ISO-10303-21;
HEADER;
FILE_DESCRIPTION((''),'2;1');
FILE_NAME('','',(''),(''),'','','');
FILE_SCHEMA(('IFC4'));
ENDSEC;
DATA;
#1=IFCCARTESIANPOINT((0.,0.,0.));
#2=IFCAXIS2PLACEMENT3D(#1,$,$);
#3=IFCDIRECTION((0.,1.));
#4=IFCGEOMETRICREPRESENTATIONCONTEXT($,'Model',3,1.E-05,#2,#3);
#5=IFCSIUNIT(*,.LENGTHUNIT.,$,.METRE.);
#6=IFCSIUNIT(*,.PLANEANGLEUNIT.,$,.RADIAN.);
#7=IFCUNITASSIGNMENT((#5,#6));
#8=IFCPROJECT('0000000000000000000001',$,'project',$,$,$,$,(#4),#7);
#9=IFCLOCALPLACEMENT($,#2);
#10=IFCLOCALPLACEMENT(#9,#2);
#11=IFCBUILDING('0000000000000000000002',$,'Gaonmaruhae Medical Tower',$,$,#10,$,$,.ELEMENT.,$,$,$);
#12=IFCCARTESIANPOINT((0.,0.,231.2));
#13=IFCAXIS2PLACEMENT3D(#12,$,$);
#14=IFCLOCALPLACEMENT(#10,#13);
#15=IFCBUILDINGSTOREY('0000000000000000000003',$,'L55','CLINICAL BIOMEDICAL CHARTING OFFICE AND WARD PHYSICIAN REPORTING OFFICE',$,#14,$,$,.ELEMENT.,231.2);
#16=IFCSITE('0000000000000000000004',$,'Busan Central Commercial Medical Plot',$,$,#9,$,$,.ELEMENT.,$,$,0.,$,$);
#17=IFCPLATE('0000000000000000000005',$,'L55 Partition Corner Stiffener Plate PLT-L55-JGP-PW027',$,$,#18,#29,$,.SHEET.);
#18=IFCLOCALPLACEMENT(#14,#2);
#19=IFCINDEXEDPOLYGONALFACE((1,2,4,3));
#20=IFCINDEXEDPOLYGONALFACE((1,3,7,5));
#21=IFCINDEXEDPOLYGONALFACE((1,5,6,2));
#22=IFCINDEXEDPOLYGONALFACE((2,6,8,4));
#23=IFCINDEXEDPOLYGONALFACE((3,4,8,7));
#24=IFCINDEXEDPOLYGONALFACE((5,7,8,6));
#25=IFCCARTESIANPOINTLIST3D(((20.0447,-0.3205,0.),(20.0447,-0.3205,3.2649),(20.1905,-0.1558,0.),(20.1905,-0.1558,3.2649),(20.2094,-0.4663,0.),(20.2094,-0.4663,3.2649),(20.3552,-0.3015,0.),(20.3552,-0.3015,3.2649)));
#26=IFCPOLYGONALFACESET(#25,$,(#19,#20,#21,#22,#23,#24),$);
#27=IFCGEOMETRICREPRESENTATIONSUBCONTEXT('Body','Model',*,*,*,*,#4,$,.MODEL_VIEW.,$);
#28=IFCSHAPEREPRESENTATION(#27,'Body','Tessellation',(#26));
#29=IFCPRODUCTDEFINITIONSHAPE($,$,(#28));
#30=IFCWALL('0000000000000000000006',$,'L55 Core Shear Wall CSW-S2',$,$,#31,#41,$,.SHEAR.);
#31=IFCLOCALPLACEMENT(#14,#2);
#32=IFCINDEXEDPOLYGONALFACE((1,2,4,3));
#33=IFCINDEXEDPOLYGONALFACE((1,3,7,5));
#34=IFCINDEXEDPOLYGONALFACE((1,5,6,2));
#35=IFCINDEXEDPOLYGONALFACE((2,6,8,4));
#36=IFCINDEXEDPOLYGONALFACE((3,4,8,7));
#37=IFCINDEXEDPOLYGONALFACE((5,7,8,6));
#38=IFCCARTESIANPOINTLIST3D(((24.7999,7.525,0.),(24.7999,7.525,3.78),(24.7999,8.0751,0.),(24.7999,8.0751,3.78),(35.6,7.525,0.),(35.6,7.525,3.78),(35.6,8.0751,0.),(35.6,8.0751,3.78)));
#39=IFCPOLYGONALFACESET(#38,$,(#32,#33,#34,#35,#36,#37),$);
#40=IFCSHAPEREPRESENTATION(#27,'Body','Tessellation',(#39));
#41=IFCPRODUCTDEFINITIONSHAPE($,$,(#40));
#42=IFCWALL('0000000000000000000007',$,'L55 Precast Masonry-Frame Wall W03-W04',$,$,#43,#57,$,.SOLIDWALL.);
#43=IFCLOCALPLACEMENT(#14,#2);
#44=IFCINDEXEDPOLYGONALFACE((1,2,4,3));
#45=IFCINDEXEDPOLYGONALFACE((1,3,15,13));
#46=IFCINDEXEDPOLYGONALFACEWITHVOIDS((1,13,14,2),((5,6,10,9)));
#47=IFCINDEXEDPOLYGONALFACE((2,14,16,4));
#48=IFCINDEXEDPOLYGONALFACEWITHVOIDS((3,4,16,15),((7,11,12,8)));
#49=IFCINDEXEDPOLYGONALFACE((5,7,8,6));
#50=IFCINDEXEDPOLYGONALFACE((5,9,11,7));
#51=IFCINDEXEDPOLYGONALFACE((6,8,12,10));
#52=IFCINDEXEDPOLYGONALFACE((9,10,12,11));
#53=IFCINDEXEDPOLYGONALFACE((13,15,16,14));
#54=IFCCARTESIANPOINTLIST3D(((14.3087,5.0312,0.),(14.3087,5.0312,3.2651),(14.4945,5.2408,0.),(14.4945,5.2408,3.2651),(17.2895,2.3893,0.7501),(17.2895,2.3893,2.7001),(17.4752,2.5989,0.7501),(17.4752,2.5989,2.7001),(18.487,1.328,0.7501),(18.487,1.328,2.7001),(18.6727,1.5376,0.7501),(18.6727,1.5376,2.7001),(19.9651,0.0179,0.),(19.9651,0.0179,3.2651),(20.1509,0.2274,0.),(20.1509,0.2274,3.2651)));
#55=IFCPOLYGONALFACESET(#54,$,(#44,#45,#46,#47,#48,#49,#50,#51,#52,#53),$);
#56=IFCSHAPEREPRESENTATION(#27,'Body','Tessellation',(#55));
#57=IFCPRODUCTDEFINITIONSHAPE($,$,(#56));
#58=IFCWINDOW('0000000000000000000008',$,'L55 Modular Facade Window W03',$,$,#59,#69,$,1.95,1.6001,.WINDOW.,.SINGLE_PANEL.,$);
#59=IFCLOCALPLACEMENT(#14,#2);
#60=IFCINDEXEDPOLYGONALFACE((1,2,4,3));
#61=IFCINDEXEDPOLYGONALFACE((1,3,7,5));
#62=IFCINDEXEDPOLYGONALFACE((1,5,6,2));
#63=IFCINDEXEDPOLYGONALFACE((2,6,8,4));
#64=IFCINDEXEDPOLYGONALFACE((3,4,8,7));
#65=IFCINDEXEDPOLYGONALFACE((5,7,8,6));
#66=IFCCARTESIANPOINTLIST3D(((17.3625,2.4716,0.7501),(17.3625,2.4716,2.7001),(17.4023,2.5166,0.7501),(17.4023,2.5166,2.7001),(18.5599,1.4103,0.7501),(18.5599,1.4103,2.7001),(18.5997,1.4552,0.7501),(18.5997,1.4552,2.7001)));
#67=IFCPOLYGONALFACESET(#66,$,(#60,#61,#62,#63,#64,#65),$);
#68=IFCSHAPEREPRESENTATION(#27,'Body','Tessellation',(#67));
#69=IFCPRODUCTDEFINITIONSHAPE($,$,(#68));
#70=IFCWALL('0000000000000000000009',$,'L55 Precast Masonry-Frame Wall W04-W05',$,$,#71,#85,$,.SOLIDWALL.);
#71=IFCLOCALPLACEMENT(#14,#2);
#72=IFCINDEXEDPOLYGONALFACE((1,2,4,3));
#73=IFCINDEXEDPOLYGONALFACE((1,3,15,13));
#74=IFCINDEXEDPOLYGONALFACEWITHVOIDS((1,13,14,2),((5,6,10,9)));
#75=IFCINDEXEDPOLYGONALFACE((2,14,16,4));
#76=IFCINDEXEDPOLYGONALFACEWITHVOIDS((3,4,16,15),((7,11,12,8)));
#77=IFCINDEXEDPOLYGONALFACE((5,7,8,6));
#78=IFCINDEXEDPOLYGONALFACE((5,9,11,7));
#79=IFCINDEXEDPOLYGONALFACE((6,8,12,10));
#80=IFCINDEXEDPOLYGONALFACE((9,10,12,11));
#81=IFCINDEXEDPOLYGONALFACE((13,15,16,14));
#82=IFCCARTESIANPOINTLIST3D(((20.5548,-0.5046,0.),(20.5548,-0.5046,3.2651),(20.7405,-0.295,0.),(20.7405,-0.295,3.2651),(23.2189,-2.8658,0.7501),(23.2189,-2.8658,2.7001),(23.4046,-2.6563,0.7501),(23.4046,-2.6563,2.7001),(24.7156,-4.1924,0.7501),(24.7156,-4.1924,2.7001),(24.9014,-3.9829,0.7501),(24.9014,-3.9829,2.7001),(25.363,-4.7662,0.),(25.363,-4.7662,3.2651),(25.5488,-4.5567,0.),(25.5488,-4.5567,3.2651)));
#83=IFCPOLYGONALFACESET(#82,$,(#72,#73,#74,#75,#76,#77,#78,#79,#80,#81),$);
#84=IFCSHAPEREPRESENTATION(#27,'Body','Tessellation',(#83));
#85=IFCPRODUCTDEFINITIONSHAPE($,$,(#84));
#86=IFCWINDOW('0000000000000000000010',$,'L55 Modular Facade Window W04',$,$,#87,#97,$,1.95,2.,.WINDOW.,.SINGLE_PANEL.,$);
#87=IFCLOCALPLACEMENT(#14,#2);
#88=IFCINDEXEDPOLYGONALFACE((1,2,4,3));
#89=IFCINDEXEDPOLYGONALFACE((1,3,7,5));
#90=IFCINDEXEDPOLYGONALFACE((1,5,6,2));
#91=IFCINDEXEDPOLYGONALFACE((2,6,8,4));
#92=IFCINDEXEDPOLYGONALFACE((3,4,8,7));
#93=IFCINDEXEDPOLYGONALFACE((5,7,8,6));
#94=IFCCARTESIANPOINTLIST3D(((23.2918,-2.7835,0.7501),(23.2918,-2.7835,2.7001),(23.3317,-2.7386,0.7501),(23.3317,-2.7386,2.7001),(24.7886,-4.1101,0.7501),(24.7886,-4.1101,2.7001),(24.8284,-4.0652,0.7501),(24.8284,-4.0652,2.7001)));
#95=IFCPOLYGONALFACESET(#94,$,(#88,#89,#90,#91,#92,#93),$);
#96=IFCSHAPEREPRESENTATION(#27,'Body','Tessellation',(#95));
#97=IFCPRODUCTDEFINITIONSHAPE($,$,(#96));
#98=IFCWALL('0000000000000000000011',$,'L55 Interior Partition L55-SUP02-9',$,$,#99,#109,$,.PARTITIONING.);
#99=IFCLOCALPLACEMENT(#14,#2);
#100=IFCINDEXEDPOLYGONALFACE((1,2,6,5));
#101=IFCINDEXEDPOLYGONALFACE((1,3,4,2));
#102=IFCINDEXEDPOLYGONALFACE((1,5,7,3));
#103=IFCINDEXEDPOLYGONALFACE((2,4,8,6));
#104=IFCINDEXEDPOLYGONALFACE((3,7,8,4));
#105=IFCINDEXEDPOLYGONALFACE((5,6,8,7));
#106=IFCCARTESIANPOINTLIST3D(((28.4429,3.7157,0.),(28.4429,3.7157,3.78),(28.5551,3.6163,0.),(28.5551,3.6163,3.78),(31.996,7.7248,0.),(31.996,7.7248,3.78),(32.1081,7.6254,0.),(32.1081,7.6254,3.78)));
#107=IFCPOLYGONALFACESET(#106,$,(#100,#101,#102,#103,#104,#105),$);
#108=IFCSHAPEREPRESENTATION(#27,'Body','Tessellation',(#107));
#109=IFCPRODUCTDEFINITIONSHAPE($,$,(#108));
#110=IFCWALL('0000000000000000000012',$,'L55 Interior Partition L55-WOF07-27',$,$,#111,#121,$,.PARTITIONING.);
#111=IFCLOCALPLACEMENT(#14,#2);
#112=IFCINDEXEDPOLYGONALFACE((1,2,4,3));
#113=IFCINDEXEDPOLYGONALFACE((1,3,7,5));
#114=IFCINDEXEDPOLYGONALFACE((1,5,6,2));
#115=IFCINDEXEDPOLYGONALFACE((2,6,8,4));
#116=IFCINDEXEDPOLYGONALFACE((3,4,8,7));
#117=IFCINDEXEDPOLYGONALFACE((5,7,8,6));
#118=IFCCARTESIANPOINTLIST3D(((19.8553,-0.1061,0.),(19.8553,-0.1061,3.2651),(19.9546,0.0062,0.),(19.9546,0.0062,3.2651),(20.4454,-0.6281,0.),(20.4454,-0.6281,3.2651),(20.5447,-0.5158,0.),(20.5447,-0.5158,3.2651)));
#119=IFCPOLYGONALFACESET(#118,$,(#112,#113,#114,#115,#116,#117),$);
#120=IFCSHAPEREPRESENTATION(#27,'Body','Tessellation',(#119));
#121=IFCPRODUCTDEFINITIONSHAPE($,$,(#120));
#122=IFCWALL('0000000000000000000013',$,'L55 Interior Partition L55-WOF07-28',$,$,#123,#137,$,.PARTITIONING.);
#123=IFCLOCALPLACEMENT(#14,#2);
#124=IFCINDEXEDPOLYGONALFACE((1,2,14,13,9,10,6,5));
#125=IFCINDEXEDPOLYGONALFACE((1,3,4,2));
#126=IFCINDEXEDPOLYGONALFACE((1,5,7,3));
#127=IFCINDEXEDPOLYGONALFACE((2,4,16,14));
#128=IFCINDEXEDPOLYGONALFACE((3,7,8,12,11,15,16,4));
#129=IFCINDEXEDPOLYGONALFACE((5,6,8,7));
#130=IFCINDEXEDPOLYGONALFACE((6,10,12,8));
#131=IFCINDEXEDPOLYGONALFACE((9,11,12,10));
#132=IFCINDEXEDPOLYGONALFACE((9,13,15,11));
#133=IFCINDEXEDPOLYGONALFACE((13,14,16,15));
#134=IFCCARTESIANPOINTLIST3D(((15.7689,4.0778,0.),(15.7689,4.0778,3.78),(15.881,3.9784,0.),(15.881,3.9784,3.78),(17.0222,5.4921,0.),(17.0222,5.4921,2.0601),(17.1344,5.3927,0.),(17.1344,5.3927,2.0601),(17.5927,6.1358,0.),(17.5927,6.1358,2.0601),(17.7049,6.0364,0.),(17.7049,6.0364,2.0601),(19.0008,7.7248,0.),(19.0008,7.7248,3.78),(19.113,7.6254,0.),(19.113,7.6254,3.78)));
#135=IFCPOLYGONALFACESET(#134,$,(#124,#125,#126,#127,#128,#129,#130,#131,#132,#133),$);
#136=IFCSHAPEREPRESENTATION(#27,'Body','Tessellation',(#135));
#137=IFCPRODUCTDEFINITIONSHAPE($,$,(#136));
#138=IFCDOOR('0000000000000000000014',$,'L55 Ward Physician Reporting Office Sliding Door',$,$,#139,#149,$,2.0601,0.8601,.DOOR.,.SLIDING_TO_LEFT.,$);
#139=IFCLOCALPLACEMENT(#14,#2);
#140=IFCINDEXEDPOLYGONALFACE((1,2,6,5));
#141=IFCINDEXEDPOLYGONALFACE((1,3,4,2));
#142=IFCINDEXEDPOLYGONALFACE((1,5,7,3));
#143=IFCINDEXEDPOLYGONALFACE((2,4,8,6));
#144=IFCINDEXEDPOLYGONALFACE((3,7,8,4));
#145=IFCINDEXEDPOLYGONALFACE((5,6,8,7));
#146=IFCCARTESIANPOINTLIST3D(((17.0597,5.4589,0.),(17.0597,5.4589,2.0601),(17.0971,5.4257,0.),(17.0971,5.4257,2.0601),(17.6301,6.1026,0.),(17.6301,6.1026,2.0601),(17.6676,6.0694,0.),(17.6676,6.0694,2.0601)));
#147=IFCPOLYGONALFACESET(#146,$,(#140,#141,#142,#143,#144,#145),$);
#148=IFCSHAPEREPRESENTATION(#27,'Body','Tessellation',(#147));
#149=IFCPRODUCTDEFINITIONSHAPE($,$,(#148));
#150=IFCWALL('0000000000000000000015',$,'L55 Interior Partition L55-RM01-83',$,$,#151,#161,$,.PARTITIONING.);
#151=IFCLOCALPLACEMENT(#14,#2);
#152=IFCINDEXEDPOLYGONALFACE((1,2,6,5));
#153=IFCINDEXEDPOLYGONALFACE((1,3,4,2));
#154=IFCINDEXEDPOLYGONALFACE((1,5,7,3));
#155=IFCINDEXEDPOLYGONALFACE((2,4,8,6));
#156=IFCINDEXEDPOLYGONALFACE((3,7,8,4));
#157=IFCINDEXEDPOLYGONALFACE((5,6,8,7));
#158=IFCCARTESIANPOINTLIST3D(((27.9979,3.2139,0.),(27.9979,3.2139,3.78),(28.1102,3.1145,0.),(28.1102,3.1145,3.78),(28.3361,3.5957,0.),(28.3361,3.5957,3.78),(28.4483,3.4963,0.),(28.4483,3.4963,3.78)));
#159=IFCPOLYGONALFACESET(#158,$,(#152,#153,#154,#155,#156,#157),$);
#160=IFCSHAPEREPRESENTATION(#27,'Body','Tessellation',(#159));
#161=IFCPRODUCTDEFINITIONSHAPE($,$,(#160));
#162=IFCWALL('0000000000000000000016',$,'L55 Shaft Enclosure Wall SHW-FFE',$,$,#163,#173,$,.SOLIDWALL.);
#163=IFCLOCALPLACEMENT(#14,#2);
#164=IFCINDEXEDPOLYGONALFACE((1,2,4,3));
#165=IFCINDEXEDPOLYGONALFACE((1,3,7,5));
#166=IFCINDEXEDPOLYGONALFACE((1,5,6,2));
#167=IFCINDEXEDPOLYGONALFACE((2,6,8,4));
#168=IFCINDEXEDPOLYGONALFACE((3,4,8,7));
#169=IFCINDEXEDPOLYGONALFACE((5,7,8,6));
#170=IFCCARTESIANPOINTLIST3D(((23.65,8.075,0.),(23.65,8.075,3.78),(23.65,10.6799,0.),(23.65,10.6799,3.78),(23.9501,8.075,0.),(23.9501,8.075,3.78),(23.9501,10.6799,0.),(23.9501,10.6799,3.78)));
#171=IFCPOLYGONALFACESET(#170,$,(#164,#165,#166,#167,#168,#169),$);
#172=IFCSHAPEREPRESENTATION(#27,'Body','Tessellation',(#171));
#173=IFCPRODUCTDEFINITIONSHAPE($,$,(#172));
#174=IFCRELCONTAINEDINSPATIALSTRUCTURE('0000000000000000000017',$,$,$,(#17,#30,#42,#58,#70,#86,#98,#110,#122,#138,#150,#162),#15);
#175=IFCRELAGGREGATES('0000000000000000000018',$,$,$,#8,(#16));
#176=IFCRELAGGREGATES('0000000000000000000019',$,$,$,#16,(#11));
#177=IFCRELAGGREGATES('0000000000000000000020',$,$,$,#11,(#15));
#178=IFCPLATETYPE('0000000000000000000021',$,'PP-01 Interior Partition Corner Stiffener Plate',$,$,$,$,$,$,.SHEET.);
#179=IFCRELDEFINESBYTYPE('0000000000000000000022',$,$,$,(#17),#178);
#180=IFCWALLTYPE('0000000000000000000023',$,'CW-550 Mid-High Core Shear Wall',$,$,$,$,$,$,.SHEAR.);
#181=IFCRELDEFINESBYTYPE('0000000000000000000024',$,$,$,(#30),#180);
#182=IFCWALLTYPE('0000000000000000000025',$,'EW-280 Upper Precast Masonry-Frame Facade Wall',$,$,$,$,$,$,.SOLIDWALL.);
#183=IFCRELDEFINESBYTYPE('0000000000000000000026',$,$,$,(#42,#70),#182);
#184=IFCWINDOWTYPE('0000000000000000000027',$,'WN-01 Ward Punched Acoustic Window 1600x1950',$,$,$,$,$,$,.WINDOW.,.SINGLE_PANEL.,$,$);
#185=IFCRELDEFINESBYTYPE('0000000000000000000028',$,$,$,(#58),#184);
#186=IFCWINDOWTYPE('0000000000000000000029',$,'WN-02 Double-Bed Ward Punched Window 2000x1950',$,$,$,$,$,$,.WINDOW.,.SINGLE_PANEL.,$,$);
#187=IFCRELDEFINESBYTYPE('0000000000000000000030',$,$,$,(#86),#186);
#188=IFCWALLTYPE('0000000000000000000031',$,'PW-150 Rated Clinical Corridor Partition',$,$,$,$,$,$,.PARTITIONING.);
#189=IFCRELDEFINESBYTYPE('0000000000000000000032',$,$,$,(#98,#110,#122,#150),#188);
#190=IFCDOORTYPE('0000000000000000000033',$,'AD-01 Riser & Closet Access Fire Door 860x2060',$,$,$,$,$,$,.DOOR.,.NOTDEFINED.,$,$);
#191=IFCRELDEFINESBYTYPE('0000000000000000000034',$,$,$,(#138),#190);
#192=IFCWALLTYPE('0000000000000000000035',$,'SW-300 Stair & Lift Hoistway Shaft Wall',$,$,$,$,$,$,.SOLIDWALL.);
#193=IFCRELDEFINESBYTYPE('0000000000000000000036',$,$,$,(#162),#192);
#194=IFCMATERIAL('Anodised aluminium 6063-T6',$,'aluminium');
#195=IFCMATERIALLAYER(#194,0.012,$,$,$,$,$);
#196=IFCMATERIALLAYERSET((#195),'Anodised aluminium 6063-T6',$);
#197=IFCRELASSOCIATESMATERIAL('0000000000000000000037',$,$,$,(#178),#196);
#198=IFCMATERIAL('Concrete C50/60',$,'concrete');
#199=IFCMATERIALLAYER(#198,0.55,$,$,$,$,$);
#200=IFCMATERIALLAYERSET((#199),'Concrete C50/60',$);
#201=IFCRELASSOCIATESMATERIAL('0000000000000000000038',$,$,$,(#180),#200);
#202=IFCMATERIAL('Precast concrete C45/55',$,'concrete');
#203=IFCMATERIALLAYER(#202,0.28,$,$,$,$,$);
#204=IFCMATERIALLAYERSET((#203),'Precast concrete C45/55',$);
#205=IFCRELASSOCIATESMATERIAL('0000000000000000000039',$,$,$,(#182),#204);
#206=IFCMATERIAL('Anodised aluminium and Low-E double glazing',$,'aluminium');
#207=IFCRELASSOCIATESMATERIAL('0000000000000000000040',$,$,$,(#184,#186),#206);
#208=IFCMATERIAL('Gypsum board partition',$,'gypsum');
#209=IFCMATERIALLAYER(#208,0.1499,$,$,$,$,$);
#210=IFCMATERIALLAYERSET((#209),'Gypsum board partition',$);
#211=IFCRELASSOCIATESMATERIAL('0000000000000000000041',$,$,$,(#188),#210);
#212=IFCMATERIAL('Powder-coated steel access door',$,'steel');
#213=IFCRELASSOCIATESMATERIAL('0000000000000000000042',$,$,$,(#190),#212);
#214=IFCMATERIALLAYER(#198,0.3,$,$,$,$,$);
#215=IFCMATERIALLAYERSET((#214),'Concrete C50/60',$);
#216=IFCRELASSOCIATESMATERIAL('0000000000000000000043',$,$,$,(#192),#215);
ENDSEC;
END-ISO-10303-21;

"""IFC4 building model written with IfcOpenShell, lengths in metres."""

from ifc_helpers import new_model, si_unit, direction, frame, frame_2d, origin, origin_2d, place, context, subcontext, project, spatial, rectangle, extrude, material, layer, layer_set, type_object, element, fill, save


model = new_model("IFC4")

# Units and contexts
model_context = context("Model", 3, precision=1e-05, world=origin(), true_north=direction((0.0, 1.0)))
body_context = subcontext(model_context, "Body", "Model", "MODEL_VIEW")
ifc_project = project(units=[si_unit("LENGTHUNIT", "METRE"), si_unit("PLANEANGLEUNIT", "RADIAN")], contexts=[model_context])

# Site, building, storey
site_placement = place(None, origin())
site = spatial("IfcSite", under=ifc_project, at=site_placement, Name="Busan Central Commercial Medical Plot", CompositionType="ELEMENT", RefElevation=0.0)
building_placement = place(site_placement, origin())
building = spatial("IfcBuilding", under=site, at=building_placement, Name="Gaonmaruhae Medical Tower", CompositionType="ELEMENT")
storey_placement = place(building_placement, frame((0.0, 0.0, 231.2)))
storey = spatial("IfcBuildingStorey", under=building, at=storey_placement, Name="L55", Description="CLINICAL BIOMEDICAL CHARTING OFFICE AND WARD PHYSICIAN REPORTING OFFICE", CompositionType="ELEMENT", Elevation=231.2)

# Shared definitions
ifc_material_1 = material(Name="Concrete C50/60", Category="concrete")

# Plate
ifc_material_2 = material(Name="Anodised aluminium 6063-T6", Category="aluminium")
ifc_layer_1 = layer(ifc_material_2, 0.012)
ifc_layer_set_1 = layer_set([ifc_layer_1], Name="Anodised aluminium 6063-T6")
plate_type = type_object("IfcPlateType", Name="PP-01 Interior Partition Corner Stiffener Plate", PredefinedType="SHEET", material=ifc_layer_set_1)
plate_placement = place(storey_placement, frame((20.2, -0.311, 0.0), z_axis=(0.0, 0.0, 1.0), x_axis=(-0.748944, 0.662633, 0.0)))
element("IfcPlate", 1, at=plate_placement, inside=storey, type_object=plate_type, Name="L55 Partition Corner Stiffener Plate PLT-L55-JGP-PW027", PredefinedType="SHEET", context=body_context, shape_type="SweptSolid", body=[
    extrude(rectangle(XDim=0.22, YDim=0.22, at=origin_2d()), origin(), (0.0, 0.0, 1.0), 3.2649),
])

# Wall
ifc_layer_2 = layer(ifc_material_1, 0.55)
ifc_layer_set_2 = layer_set([ifc_layer_2], Name="Concrete C50/60")
wall_type_1 = type_object("IfcWallType", Name="CW-550 Mid-High Core Shear Wall", PredefinedType="SHEAR", material=ifc_layer_set_2)
wall_1_placement = place(storey_placement, frame((24.8, 7.8, 0.0), z_axis=(0.0, 0.0, 1.0), x_axis=(1.0, 0.0, 0.0)))
element("IfcWall", 2, at=wall_1_placement, inside=storey, type_object=wall_type_1, Name="L55 Core Shear Wall CSW-S2", PredefinedType="SHEAR", context=body_context, shape_type="SweptSolid", body=[
    extrude(rectangle(XDim=10.8, YDim=0.55, at=frame_2d((5.3999, 0.0))), origin(), (0.0, 0.0, 1.0), 3.78),
])

# Walls, openings, windows
ifc_material_3 = material(Name="Precast concrete C45/55", Category="concrete")
ifc_layer_3 = layer(ifc_material_3, 0.28)
ifc_layer_set_3 = layer_set([ifc_layer_3], Name="Precast concrete C45/55")
wall_type_2 = type_object("IfcWallType", Name="EW-280 Upper Precast Masonry-Frame Facade Wall", PredefinedType="SOLIDWALL", material=ifc_layer_set_3)
wall_2_placement = place(storey_placement, frame((20.0581, 0.1226, 0.0), z_axis=(0.0, 0.0, 1.0), x_axis=(-0.748366, 0.663287, 0.0)))
wall_2 = element("IfcWall", 3, at=wall_2_placement, inside=storey, type_object=wall_type_2, Name="L55 Precast Masonry-Frame Wall W03-W04", PredefinedType="SOLIDWALL", context=body_context, shape_type="SweptSolid", body=[
    extrude(rectangle(XDim=7.5583, YDim=0.28, at=frame_2d((3.7793, 0.0))), origin(), (0.0, 0.0, 1.0), 3.2651),
])
opening_1_placement = place(wall_2_placement, frame((1.9753, 0.0, 0.75)))
opening_1 = element("IfcOpeningElement", 4, at=opening_1_placement, cuts=wall_2, PredefinedType="OPENING", context=body_context, shape_type="SweptSolid", body=[
    extrude(rectangle(XDim=1.6001, YDim=1.95, at=frame_2d((0.8, 0.9751))), frame((0.0, 0.1499, 0.0), z_axis=(0.0, -1.0, 0.0), x_axis=(1.0, 0.0, 0.0)), (0.0, 0.0, 1.0), 0.3),
])
ifc_material_4 = material(Name="Anodised aluminium and Low-E double glazing", Category="aluminium")
window_type_1 = type_object("IfcWindowType", Name="WN-01 Ward Punched Acoustic Window 1600x1950", PartitioningType="SINGLE_PANEL", PredefinedType="WINDOW", material=ifc_material_4)
window_1_placement = place(opening_1_placement, origin())
window_1 = element("IfcWindow", 5, at=window_1_placement, inside=storey, type_object=window_type_1, Name="L55 Modular Facade Window W03", OverallHeight=1.95, OverallWidth=1.6001, PartitioningType="SINGLE_PANEL", PredefinedType="WINDOW", context=body_context, shape_type="SweptSolid", body=[
    extrude(rectangle(XDim=1.6001, YDim=1.95, at=frame_2d((0.8, 0.9751))), frame((0.0, 0.03, 0.0), z_axis=(0.0, -1.0, 0.0), x_axis=(1.0, 0.0, 0.0)), (0.0, 0.0, 1.0), 0.0601),
])
fill(opening_1, window_1)
wall_3_placement = place(storey_placement, frame((25.4558, -4.6614, 0.0), z_axis=(0.0, 0.0, 1.0), x_axis=(-0.748365, 0.663288, 0.0)))
wall_3 = element("IfcWall", 6, at=wall_3_placement, inside=storey, type_object=wall_type_2, Name="L55 Precast Masonry-Frame Wall W04-W05", PredefinedType="SOLIDWALL", context=body_context, shape_type="SweptSolid", body=[
    extrude(rectangle(XDim=6.425, YDim=0.28, at=frame_2d((3.2124, 0.0))), origin(), (0.0, 0.0, 1.0), 3.2651),
])
opening_2_placement = place(wall_3_placement, frame((0.865, 0.0, 0.75)))
opening_2 = element("IfcOpeningElement", 7, at=opening_2_placement, cuts=wall_3, PredefinedType="OPENING", context=body_context, shape_type="SweptSolid", body=[
    extrude(rectangle(XDim=2.0, YDim=1.95, at=frame_2d((1.0, 0.9751))), frame((0.0, 0.1499, 0.0), z_axis=(0.0, -1.0, 0.0), x_axis=(1.0, 0.0, 0.0)), (0.0, 0.0, 1.0), 0.3),
])
window_type_2 = type_object("IfcWindowType", Name="WN-02 Double-Bed Ward Punched Window 2000x1950", PartitioningType="SINGLE_PANEL", PredefinedType="WINDOW", material=ifc_material_4)
window_2_placement = place(opening_2_placement, origin())
window_2 = element("IfcWindow", 8, at=window_2_placement, inside=storey, type_object=window_type_2, Name="L55 Modular Facade Window W04", OverallHeight=1.95, OverallWidth=2.0, PartitioningType="SINGLE_PANEL", PredefinedType="WINDOW", context=body_context, shape_type="SweptSolid", body=[
    extrude(rectangle(XDim=2.0, YDim=1.95, at=frame_2d((1.0, 0.9751))), frame((0.0, 0.03, 0.0), z_axis=(0.0, -1.0, 0.0), x_axis=(1.0, 0.0, 0.0)), (0.0, 0.0, 1.0), 0.0601),
])
fill(opening_2, window_2)

# Shared definitions
ifc_material_5 = material(Name="Gypsum board partition", Category="gypsum")
ifc_layer_4 = layer(ifc_material_5, 0.1499)
ifc_layer_set_4 = layer_set([ifc_layer_4], Name="Gypsum board partition")
wall_type_3 = type_object("IfcWallType", Name="PW-150 Rated Clinical Corridor Partition", PredefinedType="PARTITIONING", material=ifc_layer_set_4)

# Walls
wall_4_placement = place(storey_placement, frame((28.499, 3.666, 0.0), z_axis=(0.0, 0.0, 1.0), x_axis=(0.663257, 0.748392, 0.0)))
element("IfcWall", 9, at=wall_4_placement, inside=storey, type_object=wall_type_3, Name="L55 Interior Partition L55-SUP02-9", PredefinedType="PARTITIONING", context=body_context, shape_type="SweptSolid", body=[
    extrude(rectangle(XDim=5.3569, YDim=0.1499, at=frame_2d((2.6785, 0.0))), origin(), (0.0, 0.0, 1.0), 3.78),
])
wall_5_placement = place(storey_placement, frame((20.4951, -0.572, 0.0), z_axis=(0.0, 0.0, 1.0), x_axis=(-0.749014, 0.662554, 0.0)))
element("IfcWall", 10, at=wall_5_placement, inside=storey, type_object=wall_type_3, Name="L55 Interior Partition L55-WOF07-27", PredefinedType="PARTITIONING", context=body_context, shape_type="SweptSolid", body=[
    extrude(rectangle(XDim=0.7878, YDim=0.1499, at=frame_2d((0.394, 0.0))), origin(), (0.0, 0.0, 1.0), 3.2651),
])

# Wall, opening, door
wall_6_placement = place(storey_placement, frame((15.825, 4.0281, 0.0), z_axis=(0.0, 0.0, 1.0), x_axis=(0.663237, 0.748409, 0.0)))
wall_6 = element("IfcWall", 11, at=wall_6_placement, inside=storey, type_object=wall_type_3, Name="L55 Interior Partition L55-WOF07-28", PredefinedType="PARTITIONING", context=body_context, shape_type="SweptSolid", body=[
    extrude(rectangle(XDim=4.873, YDim=0.1499, at=frame_2d((2.4365, 0.0))), origin(), (0.0, 0.0, 1.0), 3.78),
])
opening_3_placement = place(wall_6_placement, frame((1.8896, 0.0, 0.0)))
opening_3 = element("IfcOpeningElement", 12, at=opening_3_placement, cuts=wall_6, PredefinedType="OPENING", context=body_context, shape_type="SweptSolid", body=[
    extrude(rectangle(XDim=0.8601, YDim=2.0601, at=frame_2d((0.4302, 1.03))), frame((0.0, 0.085, 0.0), z_axis=(0.0, -1.0, 0.0), x_axis=(1.0, 0.0, 0.0)), (0.0, 0.0, 1.0), 0.1699),
])
ifc_material_6 = material(Name="Powder-coated steel access door", Category="steel")
door_type_1 = type_object("IfcDoorType", Name="AD-01 Riser & Closet Access Fire Door 860x2060", OperationType="NOTDEFINED", PredefinedType="DOOR", material=ifc_material_6)
door_1_placement = place(opening_3_placement, origin())
door_1 = element("IfcDoor", 13, at=door_1_placement, inside=storey, type_object=door_type_1, Name="L55 Ward Physician Reporting Office Sliding Door", OperationType="SLIDING_TO_LEFT", OverallHeight=2.0601, OverallWidth=0.8601, PredefinedType="DOOR", context=body_context, shape_type="SweptSolid", body=[
    extrude(rectangle(XDim=0.8601, YDim=2.0601, at=frame_2d((0.4302, 1.03))), frame((0.0, 0.0249, 0.0), z_axis=(0.0, -1.0, 0.0), x_axis=(1.0, 0.0, 0.0)), (0.0, 0.0, 1.0), 0.05),
])
fill(opening_3, door_1)

# Walls
wall_7_placement = place(storey_placement, frame((28.3921, 3.5459, 0.0), z_axis=(0.0, 0.0, 1.0), x_axis=(-0.662966, -0.748649, 0.0)))
element("IfcWall", 14, at=wall_7_placement, inside=storey, type_object=wall_type_3, Name="L55 Interior Partition L55-RM01-83", PredefinedType="PARTITIONING", context=body_context, shape_type="SweptSolid", body=[
    extrude(rectangle(XDim=0.51, YDim=0.1499, at=frame_2d((0.2549, 0.0))), origin(), (0.0, 0.0, 1.0), 3.78),
])
ifc_layer_5 = layer(ifc_material_1, 0.3)
ifc_layer_set_5 = layer_set([ifc_layer_5], Name="Concrete C50/60")
wall_type_4 = type_object("IfcWallType", Name="SW-300 Stair & Lift Hoistway Shaft Wall", PredefinedType="SOLIDWALL", material=ifc_layer_set_5)
wall_8_placement = place(storey_placement, frame((23.8, 8.075, 0.0), z_axis=(0.0, 0.0, 1.0), x_axis=(0.0, 1.0, 0.0)))
element("IfcWall", 15, at=wall_8_placement, inside=storey, type_object=wall_type_4, Name="L55 Shaft Enclosure Wall SHW-FFE", PredefinedType="SOLIDWALL", context=body_context, shape_type="SweptSolid", body=[
    extrude(rectangle(XDim=2.605, YDim=0.3, at=frame_2d((1.3025, 0.0))), origin(), (0.0, 0.0, 1.0), 3.78),
])

save(model, "model.ifc")
